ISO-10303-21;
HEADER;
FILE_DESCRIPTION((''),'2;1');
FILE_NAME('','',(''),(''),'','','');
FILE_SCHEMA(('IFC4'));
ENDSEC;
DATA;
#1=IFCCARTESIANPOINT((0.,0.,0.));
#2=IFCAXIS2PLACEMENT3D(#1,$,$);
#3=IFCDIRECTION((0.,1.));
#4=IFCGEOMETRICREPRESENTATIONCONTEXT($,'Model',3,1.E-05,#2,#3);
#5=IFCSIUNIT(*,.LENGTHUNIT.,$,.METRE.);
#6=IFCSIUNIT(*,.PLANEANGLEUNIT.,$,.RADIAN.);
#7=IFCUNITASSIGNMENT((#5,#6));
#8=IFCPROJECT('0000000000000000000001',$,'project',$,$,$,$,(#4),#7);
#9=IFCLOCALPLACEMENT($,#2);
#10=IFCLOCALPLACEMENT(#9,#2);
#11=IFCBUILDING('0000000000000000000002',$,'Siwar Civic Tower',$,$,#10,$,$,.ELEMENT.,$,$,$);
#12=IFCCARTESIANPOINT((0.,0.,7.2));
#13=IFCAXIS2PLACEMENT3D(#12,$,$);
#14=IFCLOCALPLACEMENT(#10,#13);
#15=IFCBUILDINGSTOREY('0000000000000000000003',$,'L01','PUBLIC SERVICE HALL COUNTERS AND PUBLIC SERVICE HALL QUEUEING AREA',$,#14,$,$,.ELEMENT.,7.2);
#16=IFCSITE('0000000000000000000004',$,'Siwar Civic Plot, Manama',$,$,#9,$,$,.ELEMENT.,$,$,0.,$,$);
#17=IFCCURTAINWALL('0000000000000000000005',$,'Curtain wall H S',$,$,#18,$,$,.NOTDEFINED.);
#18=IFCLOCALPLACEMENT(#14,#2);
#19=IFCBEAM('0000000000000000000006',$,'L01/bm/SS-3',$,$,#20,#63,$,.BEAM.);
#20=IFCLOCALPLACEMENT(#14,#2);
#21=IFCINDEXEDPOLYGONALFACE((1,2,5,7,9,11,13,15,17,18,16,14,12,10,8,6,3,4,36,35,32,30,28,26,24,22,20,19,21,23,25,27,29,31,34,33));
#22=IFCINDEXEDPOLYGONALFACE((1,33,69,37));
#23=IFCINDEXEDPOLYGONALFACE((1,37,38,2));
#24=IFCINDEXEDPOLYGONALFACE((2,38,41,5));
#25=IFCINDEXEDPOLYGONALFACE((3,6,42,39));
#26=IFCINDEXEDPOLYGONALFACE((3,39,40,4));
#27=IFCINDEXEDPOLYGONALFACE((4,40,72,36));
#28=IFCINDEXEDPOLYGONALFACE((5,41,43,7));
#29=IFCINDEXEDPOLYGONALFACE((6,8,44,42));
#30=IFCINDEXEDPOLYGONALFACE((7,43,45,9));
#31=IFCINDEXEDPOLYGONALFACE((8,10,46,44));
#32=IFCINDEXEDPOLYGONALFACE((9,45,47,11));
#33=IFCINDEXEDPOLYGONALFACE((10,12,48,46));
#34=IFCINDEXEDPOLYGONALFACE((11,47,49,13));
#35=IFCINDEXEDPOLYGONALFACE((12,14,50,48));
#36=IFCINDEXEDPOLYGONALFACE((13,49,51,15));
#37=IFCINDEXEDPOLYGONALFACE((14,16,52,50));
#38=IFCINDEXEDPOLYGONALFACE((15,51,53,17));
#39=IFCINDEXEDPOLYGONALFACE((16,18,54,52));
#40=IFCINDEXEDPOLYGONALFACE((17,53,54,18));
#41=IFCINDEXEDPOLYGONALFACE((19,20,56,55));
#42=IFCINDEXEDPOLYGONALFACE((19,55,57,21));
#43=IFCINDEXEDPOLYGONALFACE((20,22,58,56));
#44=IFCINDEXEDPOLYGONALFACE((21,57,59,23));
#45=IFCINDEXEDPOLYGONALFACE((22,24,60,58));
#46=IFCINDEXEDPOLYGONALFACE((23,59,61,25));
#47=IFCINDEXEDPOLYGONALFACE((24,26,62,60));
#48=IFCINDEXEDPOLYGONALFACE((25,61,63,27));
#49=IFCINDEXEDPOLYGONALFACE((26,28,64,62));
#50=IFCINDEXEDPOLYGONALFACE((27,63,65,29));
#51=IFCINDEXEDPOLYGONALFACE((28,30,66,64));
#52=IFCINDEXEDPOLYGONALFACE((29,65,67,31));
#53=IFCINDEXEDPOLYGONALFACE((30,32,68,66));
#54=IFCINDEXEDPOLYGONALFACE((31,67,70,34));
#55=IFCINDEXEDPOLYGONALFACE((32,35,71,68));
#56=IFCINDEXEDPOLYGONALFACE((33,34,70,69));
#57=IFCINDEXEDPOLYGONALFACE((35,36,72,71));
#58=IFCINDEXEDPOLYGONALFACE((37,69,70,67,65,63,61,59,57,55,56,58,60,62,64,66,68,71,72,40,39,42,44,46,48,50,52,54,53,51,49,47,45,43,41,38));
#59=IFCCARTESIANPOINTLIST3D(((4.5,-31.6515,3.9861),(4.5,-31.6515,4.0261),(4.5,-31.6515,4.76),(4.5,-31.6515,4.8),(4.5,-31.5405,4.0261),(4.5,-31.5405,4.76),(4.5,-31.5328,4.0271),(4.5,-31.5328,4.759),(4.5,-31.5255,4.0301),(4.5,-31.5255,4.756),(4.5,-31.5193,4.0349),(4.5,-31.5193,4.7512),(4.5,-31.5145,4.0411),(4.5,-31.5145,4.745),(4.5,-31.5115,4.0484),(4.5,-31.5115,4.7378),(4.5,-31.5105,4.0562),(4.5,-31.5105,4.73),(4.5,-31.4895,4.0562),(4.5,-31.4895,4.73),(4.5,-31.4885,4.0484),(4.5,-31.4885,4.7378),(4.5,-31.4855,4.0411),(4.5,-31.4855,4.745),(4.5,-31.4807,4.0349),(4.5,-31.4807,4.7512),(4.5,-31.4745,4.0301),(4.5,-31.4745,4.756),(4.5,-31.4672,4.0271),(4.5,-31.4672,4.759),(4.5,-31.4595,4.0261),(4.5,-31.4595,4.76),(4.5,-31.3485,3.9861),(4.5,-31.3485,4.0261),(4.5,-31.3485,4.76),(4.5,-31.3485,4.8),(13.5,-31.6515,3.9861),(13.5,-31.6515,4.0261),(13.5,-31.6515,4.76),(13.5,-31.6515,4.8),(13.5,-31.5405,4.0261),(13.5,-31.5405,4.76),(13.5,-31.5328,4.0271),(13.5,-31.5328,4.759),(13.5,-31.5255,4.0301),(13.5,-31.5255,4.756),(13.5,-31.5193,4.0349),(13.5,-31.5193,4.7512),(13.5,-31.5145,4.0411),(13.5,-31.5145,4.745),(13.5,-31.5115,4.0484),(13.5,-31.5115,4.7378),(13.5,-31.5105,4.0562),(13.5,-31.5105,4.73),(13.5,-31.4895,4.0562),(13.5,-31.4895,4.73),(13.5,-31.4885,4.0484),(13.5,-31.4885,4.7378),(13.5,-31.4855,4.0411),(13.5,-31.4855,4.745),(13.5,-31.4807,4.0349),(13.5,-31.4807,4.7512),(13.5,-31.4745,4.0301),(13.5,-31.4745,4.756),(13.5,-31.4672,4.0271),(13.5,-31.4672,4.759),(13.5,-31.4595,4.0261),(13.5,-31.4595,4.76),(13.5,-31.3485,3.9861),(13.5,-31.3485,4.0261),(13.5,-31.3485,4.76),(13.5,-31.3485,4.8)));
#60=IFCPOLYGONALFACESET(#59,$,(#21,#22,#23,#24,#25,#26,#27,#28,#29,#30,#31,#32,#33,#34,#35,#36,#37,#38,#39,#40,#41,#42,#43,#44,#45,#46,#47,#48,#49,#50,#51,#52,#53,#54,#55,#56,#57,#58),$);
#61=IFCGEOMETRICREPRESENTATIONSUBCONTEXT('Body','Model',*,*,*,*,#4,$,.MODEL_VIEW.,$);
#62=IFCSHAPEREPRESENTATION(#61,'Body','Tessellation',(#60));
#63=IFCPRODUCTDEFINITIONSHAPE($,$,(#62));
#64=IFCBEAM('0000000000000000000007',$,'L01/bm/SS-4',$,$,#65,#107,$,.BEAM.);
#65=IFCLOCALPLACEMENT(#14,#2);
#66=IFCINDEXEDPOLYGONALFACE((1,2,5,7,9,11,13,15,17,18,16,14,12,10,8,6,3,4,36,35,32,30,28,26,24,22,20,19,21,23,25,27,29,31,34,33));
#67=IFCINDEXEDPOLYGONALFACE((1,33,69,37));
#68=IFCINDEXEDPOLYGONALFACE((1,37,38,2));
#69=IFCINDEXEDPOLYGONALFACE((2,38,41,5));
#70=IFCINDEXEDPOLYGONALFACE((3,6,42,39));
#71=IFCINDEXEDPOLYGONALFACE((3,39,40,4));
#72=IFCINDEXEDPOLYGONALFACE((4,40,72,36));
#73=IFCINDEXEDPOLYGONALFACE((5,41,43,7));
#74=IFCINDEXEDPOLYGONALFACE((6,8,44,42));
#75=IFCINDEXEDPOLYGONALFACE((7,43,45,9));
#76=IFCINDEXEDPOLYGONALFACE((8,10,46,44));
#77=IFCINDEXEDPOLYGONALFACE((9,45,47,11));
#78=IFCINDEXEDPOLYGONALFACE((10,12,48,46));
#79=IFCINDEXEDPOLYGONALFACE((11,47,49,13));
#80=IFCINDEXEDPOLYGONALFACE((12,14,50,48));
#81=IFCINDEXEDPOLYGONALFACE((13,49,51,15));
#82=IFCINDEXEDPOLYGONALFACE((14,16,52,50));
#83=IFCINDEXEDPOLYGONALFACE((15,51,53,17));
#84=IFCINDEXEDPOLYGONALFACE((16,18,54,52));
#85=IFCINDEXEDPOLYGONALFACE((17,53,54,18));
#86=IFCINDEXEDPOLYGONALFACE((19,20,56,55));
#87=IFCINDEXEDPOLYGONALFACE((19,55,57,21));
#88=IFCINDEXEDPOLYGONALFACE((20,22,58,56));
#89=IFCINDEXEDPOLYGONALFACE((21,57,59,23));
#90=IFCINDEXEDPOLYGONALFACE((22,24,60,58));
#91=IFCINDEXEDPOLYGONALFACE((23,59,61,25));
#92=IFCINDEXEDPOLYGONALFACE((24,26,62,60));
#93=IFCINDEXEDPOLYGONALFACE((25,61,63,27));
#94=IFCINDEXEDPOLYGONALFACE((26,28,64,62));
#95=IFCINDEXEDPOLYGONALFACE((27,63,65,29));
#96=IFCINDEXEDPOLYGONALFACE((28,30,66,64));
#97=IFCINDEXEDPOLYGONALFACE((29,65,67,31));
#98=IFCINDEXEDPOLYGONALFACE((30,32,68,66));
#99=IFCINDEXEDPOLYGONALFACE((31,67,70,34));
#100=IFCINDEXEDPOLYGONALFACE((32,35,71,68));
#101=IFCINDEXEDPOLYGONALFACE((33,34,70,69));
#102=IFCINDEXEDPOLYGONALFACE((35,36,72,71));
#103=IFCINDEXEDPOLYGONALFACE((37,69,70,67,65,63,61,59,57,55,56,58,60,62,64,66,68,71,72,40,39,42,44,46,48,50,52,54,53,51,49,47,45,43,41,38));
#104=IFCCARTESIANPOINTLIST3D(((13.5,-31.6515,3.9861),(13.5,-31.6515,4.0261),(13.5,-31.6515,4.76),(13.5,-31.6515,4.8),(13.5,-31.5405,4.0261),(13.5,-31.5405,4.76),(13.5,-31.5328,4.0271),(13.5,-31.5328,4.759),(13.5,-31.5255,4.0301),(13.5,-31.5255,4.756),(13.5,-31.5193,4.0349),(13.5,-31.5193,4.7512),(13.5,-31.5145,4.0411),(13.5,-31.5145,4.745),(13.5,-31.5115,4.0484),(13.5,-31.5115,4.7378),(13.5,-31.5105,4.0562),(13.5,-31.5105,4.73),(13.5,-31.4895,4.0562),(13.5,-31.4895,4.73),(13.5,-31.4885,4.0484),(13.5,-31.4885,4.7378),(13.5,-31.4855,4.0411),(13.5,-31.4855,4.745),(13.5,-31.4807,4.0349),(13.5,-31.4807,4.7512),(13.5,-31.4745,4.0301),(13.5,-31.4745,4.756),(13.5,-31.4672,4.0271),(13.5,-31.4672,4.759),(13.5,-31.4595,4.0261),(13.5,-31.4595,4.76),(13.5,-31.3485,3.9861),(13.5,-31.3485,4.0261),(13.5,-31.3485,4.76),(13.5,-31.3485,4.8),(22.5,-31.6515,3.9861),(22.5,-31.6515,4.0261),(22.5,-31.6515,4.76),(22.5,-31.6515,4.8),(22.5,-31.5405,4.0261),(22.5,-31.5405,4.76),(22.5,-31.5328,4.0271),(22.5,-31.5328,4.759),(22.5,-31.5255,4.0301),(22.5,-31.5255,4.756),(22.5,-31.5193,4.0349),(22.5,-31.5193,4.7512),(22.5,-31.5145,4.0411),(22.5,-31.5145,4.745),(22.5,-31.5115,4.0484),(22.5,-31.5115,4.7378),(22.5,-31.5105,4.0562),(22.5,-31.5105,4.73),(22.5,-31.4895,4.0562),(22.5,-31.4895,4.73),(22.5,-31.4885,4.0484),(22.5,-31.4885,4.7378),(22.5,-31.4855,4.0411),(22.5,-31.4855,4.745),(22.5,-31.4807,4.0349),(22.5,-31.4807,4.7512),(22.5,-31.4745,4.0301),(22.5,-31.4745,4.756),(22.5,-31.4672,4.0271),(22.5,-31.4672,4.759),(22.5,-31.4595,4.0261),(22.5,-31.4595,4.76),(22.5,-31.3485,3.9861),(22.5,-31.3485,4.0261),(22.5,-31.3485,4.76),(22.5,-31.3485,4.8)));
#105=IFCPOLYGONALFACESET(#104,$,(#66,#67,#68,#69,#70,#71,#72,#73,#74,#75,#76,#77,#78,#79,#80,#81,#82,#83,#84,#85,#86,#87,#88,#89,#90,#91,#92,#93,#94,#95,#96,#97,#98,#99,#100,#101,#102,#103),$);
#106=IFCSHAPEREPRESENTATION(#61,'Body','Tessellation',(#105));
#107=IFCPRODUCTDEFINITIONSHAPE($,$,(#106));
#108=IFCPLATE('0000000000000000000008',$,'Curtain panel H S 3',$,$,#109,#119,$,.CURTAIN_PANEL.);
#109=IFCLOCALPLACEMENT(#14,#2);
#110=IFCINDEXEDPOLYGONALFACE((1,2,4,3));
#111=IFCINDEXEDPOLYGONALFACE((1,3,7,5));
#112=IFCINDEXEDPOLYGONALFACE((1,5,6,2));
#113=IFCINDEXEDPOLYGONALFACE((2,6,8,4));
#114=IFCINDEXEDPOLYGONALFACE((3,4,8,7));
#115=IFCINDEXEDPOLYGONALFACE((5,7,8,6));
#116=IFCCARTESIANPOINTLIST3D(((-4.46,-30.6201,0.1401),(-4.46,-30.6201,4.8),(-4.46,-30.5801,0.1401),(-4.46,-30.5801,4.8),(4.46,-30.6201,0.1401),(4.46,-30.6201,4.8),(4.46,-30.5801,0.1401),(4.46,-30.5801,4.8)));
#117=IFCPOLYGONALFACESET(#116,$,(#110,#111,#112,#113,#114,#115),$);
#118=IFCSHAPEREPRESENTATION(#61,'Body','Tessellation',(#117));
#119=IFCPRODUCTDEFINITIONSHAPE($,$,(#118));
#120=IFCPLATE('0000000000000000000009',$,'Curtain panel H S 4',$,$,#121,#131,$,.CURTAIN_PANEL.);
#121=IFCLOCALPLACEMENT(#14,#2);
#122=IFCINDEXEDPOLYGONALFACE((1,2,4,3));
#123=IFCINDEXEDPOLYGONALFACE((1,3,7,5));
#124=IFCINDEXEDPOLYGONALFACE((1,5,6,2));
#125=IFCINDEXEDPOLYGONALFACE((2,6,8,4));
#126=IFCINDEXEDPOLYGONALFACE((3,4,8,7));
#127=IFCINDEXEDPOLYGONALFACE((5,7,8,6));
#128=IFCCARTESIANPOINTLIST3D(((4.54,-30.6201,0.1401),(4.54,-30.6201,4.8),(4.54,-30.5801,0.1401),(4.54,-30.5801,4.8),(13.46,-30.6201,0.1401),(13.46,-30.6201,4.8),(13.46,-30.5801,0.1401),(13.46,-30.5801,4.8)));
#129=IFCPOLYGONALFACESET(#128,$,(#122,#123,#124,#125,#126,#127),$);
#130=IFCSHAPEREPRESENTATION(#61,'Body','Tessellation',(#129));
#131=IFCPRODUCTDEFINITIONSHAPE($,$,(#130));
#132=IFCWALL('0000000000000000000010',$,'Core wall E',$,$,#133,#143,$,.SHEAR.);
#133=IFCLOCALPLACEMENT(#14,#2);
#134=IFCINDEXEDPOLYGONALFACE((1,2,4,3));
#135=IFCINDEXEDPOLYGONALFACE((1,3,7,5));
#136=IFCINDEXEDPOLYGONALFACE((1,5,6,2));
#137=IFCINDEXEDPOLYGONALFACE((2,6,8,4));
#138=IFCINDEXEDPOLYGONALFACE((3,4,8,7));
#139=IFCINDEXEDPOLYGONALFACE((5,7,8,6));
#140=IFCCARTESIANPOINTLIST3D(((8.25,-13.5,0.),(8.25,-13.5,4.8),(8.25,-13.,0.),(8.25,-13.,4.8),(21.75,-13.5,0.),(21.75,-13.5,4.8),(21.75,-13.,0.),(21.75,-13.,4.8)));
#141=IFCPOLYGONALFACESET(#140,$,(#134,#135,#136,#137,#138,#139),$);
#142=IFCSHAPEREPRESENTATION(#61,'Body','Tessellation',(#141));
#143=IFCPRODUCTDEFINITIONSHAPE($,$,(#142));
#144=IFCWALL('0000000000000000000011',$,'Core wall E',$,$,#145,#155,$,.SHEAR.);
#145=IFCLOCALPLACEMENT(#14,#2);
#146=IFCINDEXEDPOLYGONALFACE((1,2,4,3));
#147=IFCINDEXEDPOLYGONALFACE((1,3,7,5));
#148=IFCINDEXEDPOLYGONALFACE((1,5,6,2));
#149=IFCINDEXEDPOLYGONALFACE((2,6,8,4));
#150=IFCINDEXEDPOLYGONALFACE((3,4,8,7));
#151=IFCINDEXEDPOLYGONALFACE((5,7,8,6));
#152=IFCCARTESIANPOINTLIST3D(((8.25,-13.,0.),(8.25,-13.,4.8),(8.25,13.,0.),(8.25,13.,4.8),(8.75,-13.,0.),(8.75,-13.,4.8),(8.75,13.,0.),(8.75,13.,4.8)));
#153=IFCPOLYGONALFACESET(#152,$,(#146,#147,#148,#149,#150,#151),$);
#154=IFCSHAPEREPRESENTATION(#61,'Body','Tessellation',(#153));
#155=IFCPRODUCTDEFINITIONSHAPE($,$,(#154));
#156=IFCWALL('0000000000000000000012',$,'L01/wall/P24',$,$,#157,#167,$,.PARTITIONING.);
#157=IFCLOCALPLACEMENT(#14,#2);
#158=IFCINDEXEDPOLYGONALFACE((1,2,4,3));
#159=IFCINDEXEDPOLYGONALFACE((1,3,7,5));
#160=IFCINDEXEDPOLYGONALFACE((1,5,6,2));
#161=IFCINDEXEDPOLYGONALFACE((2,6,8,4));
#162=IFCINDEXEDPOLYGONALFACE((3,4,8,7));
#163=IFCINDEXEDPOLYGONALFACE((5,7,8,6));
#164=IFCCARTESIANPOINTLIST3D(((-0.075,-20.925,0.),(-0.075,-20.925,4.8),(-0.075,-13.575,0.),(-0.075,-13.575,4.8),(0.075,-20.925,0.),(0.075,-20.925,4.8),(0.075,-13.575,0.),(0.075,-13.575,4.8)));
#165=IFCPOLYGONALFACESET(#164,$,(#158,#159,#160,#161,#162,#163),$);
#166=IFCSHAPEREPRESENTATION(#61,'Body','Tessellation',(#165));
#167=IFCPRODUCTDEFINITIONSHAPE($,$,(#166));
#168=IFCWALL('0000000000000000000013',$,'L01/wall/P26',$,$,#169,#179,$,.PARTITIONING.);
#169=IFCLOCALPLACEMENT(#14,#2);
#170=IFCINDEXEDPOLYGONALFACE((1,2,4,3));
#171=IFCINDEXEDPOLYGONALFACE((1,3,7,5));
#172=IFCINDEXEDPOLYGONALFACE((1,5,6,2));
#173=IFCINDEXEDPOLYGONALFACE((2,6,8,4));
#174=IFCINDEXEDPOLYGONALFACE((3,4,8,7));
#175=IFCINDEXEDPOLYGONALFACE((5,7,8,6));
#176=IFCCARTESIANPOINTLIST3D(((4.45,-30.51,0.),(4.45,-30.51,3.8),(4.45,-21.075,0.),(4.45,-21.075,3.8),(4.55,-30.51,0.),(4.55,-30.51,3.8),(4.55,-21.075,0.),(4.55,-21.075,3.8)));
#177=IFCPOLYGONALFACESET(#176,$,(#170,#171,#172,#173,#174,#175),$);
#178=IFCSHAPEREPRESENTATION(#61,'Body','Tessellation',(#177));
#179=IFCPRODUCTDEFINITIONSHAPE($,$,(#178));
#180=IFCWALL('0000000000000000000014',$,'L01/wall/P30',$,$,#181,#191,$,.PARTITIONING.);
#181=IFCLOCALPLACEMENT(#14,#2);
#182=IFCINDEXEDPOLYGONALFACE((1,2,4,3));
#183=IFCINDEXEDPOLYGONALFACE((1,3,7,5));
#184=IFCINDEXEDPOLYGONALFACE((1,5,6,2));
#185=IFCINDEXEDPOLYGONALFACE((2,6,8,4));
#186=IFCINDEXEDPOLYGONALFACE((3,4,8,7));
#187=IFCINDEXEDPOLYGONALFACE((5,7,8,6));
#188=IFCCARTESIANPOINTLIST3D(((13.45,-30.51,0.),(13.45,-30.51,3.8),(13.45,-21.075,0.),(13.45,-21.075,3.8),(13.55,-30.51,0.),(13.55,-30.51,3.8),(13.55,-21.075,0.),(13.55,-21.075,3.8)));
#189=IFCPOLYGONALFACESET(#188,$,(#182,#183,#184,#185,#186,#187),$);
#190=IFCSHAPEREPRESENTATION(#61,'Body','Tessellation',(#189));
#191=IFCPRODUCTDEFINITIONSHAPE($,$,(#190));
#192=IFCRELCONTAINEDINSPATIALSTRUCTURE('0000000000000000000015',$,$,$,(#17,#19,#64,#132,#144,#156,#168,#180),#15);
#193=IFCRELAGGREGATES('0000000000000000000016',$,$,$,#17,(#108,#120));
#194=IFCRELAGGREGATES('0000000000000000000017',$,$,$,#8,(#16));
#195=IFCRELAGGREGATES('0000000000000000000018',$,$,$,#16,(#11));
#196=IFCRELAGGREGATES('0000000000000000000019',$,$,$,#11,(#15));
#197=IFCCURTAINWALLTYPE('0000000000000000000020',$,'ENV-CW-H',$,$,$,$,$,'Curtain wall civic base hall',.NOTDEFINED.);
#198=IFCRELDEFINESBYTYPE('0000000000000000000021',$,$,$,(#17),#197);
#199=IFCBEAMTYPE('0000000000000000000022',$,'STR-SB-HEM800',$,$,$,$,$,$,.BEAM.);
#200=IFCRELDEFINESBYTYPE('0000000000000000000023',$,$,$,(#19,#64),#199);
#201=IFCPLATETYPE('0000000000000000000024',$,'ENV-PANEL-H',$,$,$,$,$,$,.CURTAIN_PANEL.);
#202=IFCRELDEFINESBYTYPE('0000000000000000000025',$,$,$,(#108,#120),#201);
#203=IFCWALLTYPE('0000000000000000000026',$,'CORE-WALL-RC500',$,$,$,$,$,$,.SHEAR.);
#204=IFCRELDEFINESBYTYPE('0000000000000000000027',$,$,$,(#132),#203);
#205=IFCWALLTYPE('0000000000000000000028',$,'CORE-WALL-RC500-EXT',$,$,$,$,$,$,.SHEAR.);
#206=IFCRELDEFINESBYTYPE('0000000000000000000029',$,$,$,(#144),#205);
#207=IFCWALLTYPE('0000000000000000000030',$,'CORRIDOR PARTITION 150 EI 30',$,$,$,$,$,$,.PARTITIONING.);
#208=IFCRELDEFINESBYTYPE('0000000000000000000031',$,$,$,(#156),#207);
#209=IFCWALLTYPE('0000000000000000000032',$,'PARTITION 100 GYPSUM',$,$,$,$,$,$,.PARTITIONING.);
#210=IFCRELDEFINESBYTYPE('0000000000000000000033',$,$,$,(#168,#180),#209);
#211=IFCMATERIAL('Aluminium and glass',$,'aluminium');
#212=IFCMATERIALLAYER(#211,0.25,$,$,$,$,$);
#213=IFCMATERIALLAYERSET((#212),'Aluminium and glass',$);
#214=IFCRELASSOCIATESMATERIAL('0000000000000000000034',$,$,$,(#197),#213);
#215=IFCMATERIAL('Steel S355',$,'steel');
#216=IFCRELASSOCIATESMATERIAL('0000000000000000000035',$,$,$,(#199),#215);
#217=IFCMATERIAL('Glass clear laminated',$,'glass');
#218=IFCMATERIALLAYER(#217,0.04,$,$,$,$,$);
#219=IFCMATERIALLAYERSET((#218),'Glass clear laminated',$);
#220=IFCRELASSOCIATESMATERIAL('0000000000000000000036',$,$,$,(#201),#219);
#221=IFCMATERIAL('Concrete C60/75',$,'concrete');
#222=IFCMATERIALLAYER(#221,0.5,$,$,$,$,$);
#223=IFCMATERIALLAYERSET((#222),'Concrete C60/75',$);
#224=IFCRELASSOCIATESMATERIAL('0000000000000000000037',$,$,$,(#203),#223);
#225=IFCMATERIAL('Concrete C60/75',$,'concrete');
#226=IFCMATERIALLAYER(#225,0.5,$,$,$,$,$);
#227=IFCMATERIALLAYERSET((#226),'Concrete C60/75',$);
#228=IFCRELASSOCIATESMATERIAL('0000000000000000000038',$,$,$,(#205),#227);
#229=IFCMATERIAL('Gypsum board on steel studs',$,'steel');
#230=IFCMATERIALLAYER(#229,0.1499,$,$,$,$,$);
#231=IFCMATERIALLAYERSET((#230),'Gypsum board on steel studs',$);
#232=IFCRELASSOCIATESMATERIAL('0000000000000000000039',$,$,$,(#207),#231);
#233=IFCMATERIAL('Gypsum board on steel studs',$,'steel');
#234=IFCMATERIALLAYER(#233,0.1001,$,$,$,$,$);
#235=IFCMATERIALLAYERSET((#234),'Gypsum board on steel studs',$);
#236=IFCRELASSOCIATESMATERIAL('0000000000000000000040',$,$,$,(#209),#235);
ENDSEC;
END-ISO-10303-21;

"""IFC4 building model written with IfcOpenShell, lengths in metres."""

from ifc_helpers import new_model, si_unit, direction, frame, frame_2d, origin, origin_2d, place, context, subcontext, project, spatial, rectangle, i_section, extrude, material, layer, layer_set, material_profile, profile_set, type_object, element, aggregate, save


model = new_model("IFC4")

# Units and contexts
model_context = context("Model", 3, precision=1e-05, world=origin(), true_north=direction((0.0, 1.0)))
body_context = subcontext(model_context, "Body", "Model", "MODEL_VIEW")
ifc_project = project(units=[si_unit("LENGTHUNIT", "METRE"), si_unit("PLANEANGLEUNIT", "RADIAN")], contexts=[model_context])

# Site, building, storey
site_placement = place(None, origin())
site = spatial("IfcSite", under=ifc_project, at=site_placement, Name="Siwar Civic Plot, Manama", CompositionType="ELEMENT", RefElevation=0.0)
building_placement = place(site_placement, origin())
building = spatial("IfcBuilding", under=site, at=building_placement, Name="Siwar Civic Tower", CompositionType="ELEMENT")
storey_placement = place(building_placement, frame((0.0, 0.0, 7.2)))
storey = spatial("IfcBuildingStorey", under=building, at=storey_placement, Name="L01", Description="PUBLIC SERVICE HALL COUNTERS AND PUBLIC SERVICE HALL QUEUEING AREA", CompositionType="ELEMENT", Elevation=7.2)

# Curtain wall
ifc_material_1 = material(Name="Aluminium and glass", Category="aluminium")
ifc_layer_1 = layer(ifc_material_1, 0.25)
ifc_layer_set_1 = layer_set([ifc_layer_1], Name="Aluminium and glass")
curtain_wall_type = type_object("IfcCurtainWallType", Name="ENV-CW-H", ElementType="Curtain wall civic base hall", PredefinedType="NOTDEFINED", material=ifc_layer_set_1)
curtain_wall_placement = place(storey_placement, origin())
curtain_wall = element("IfcCurtainWall", 1, at=curtain_wall_placement, inside=storey, type_object=curtain_wall_type, Name="Curtain wall H S", PredefinedType="NOTDEFINED")

# Beams
ifc_material_2 = material(Name="Steel S355", Category="steel")
ifc_material_profile_1 = material_profile(ifc_material_2, i_section(OverallWidth=0.303, OverallDepth=0.814, WebThickness=0.021, FlangeThickness=0.04, FilletRadius=0.03, at=origin_2d()), Name="HEM800")
ifc_profile_set_1 = profile_set([ifc_material_profile_1], Name="Steel S355")
beam_type_1 = type_object("IfcBeamType", Name="STR-SB-HEM800", PredefinedType="BEAM", material=ifc_profile_set_1)
for number, where, z_axis, x_axis, name in (
    (2, (4.5, -31.5, 4.3931), (1.0, 0.0, 0.0), (0.0, 1.0, 0.0), "L01/bm/SS-3"),
    (3, (13.5, -31.5, 4.3931), (1.0, 0.0, 0.0), (0.0, 1.0, 0.0), "L01/bm/SS-4"),
):
    element("IfcBeam", number, at=place(storey_placement, frame(where, z_axis=z_axis, x_axis=x_axis)), inside=storey, type_object=beam_type_1, Name=name, PredefinedType="BEAM", context=body_context, shape_type="SweptSolid", body=[
        extrude(i_section(OverallWidth=0.303, OverallDepth=0.814, WebThickness=0.021, FlangeThickness=0.04, FilletRadius=0.03, at=origin_2d()), origin(), (0.0, 0.0, 1.0), 9.0),
    ])

# Plates
ifc_material_3 = material(Name="Glass clear laminated", Category="glass")
ifc_layer_2 = layer(ifc_material_3, 0.04)
ifc_layer_set_2 = layer_set([ifc_layer_2], Name="Glass clear laminated")
plate_type = type_object("IfcPlateType", Name="ENV-PANEL-H", PredefinedType="CURTAIN_PANEL", material=ifc_layer_set_2)
plate_1_placement = place(storey_placement, frame((0.0, -30.6001, 0.1401), z_axis=(0.0, 0.0, 1.0), x_axis=(1.0, 0.0, 0.0)))
plate_1 = element("IfcPlate", 4, at=plate_1_placement, type_object=plate_type, Name="Curtain panel H S 3", PredefinedType="CURTAIN_PANEL", context=body_context, shape_type="SweptSolid", body=[
    extrude(rectangle(XDim=8.9199, YDim=0.04, at=origin_2d()), origin(), (0.0, 0.0, 1.0), 4.6599),
])
plate_2_placement = place(storey_placement, frame((9.0, -30.6001, 0.1401), z_axis=(0.0, 0.0, 1.0), x_axis=(1.0, 0.0, 0.0)))
plate_2 = element("IfcPlate", 5, at=plate_2_placement, type_object=plate_type, Name="Curtain panel H S 4", PredefinedType="CURTAIN_PANEL", context=body_context, shape_type="SweptSolid", body=[
    extrude(rectangle(XDim=8.9199, YDim=0.04, at=origin_2d()), origin(), (0.0, 0.0, 1.0), 4.6599),
])
aggregate(curtain_wall, [plate_1, plate_2])

# Walls
ifc_material_4 = material(Name="Concrete C60/75", Category="concrete")
ifc_layer_3 = layer(ifc_material_4, 0.5)
ifc_layer_set_3 = layer_set([ifc_layer_3], Name="Concrete C60/75")
wall_type_1 = type_object("IfcWallType", Name="CORE-WALL-RC500", PredefinedType="SHEAR", material=ifc_layer_set_3)
wall_1_placement = place(storey_placement, frame((8.25, -13.25, 0.0), z_axis=(0.0, 0.0, 1.0), x_axis=(1.0, 0.0, 0.0)))
element("IfcWall", 6, at=wall_1_placement, inside=storey, type_object=wall_type_1, Name="Core wall E", PredefinedType="SHEAR", context=body_context, shape_type="SweptSolid", body=[
    extrude(rectangle(XDim=13.5, YDim=0.5, at=frame_2d((6.75, 0.0))), origin(), (0.0, 0.0, 1.0), 4.8),
])
ifc_material_5 = material(Name="Concrete C60/75", Category="concrete")
ifc_layer_4 = layer(ifc_material_5, 0.5)
ifc_layer_set_4 = layer_set([ifc_layer_4], Name="Concrete C60/75")
wall_type_2 = type_object("IfcWallType", Name="CORE-WALL-RC500-EXT", PredefinedType="SHEAR", material=ifc_layer_set_4)
wall_2_placement = place(storey_placement, frame((8.5, -13.0, 0.0), z_axis=(0.0, 0.0, 1.0), x_axis=(0.0, 1.0, 0.0)))
element("IfcWall", 7, at=wall_2_placement, inside=storey, type_object=wall_type_2, Name="Core wall E", PredefinedType="SHEAR", context=body_context, shape_type="SweptSolid", body=[
    extrude(rectangle(XDim=26.0, YDim=0.5, at=frame_2d((13.0, 0.0))), origin(), (0.0, 0.0, 1.0), 4.8),
])
ifc_material_6 = material(Name="Gypsum board on steel studs", Category="steel")
ifc_layer_5 = layer(ifc_material_6, 0.1499)
ifc_layer_set_5 = layer_set([ifc_layer_5], Name="Gypsum board on steel studs")
wall_type_3 = type_object("IfcWallType", Name="CORRIDOR PARTITION 150 EI 30", PredefinedType="PARTITIONING", material=ifc_layer_set_5)
wall_3_placement = place(storey_placement, frame((0.0, -20.925, 0.0), z_axis=(0.0, 0.0, 1.0), x_axis=(0.0, 1.0, 0.0)))
element("IfcWall", 8, at=wall_3_placement, inside=storey, type_object=wall_type_3, Name="L01/wall/P24", PredefinedType="PARTITIONING", context=body_context, shape_type="SweptSolid", body=[
    extrude(rectangle(XDim=7.3501, YDim=0.1499, at=frame_2d((3.675, 0.0))), origin(), (0.0, 0.0, 1.0), 4.8),
])
ifc_material_7 = material(Name="Gypsum board on steel studs", Category="steel")
ifc_layer_6 = layer(ifc_material_7, 0.1001)
ifc_layer_set_6 = layer_set([ifc_layer_6], Name="Gypsum board on steel studs")
wall_type_4 = type_object("IfcWallType", Name="PARTITION 100 GYPSUM", PredefinedType="PARTITIONING", material=ifc_layer_set_6)
for number, where, z_axis, x_axis, name in (
    (9, (4.5, -30.51, 0.0), (0.0, 0.0, 1.0), (0.0, 1.0, 0.0), "L01/wall/P26"),
    (10, (13.5, -30.51, 0.0), (0.0, 0.0, 1.0), (0.0, 1.0, 0.0), "L01/wall/P30"),
):
    element("IfcWall", number, at=place(storey_placement, frame(where, z_axis=z_axis, x_axis=x_axis)), inside=storey, type_object=wall_type_4, Name=name, PredefinedType="PARTITIONING", context=body_context, shape_type="SweptSolid", body=[
        extrude(rectangle(XDim=9.4351, YDim=0.1001, at=frame_2d((4.7175, 0.0))), origin(), (0.0, 0.0, 1.0), 3.8),
    ])

save(model, "model.ifc")
